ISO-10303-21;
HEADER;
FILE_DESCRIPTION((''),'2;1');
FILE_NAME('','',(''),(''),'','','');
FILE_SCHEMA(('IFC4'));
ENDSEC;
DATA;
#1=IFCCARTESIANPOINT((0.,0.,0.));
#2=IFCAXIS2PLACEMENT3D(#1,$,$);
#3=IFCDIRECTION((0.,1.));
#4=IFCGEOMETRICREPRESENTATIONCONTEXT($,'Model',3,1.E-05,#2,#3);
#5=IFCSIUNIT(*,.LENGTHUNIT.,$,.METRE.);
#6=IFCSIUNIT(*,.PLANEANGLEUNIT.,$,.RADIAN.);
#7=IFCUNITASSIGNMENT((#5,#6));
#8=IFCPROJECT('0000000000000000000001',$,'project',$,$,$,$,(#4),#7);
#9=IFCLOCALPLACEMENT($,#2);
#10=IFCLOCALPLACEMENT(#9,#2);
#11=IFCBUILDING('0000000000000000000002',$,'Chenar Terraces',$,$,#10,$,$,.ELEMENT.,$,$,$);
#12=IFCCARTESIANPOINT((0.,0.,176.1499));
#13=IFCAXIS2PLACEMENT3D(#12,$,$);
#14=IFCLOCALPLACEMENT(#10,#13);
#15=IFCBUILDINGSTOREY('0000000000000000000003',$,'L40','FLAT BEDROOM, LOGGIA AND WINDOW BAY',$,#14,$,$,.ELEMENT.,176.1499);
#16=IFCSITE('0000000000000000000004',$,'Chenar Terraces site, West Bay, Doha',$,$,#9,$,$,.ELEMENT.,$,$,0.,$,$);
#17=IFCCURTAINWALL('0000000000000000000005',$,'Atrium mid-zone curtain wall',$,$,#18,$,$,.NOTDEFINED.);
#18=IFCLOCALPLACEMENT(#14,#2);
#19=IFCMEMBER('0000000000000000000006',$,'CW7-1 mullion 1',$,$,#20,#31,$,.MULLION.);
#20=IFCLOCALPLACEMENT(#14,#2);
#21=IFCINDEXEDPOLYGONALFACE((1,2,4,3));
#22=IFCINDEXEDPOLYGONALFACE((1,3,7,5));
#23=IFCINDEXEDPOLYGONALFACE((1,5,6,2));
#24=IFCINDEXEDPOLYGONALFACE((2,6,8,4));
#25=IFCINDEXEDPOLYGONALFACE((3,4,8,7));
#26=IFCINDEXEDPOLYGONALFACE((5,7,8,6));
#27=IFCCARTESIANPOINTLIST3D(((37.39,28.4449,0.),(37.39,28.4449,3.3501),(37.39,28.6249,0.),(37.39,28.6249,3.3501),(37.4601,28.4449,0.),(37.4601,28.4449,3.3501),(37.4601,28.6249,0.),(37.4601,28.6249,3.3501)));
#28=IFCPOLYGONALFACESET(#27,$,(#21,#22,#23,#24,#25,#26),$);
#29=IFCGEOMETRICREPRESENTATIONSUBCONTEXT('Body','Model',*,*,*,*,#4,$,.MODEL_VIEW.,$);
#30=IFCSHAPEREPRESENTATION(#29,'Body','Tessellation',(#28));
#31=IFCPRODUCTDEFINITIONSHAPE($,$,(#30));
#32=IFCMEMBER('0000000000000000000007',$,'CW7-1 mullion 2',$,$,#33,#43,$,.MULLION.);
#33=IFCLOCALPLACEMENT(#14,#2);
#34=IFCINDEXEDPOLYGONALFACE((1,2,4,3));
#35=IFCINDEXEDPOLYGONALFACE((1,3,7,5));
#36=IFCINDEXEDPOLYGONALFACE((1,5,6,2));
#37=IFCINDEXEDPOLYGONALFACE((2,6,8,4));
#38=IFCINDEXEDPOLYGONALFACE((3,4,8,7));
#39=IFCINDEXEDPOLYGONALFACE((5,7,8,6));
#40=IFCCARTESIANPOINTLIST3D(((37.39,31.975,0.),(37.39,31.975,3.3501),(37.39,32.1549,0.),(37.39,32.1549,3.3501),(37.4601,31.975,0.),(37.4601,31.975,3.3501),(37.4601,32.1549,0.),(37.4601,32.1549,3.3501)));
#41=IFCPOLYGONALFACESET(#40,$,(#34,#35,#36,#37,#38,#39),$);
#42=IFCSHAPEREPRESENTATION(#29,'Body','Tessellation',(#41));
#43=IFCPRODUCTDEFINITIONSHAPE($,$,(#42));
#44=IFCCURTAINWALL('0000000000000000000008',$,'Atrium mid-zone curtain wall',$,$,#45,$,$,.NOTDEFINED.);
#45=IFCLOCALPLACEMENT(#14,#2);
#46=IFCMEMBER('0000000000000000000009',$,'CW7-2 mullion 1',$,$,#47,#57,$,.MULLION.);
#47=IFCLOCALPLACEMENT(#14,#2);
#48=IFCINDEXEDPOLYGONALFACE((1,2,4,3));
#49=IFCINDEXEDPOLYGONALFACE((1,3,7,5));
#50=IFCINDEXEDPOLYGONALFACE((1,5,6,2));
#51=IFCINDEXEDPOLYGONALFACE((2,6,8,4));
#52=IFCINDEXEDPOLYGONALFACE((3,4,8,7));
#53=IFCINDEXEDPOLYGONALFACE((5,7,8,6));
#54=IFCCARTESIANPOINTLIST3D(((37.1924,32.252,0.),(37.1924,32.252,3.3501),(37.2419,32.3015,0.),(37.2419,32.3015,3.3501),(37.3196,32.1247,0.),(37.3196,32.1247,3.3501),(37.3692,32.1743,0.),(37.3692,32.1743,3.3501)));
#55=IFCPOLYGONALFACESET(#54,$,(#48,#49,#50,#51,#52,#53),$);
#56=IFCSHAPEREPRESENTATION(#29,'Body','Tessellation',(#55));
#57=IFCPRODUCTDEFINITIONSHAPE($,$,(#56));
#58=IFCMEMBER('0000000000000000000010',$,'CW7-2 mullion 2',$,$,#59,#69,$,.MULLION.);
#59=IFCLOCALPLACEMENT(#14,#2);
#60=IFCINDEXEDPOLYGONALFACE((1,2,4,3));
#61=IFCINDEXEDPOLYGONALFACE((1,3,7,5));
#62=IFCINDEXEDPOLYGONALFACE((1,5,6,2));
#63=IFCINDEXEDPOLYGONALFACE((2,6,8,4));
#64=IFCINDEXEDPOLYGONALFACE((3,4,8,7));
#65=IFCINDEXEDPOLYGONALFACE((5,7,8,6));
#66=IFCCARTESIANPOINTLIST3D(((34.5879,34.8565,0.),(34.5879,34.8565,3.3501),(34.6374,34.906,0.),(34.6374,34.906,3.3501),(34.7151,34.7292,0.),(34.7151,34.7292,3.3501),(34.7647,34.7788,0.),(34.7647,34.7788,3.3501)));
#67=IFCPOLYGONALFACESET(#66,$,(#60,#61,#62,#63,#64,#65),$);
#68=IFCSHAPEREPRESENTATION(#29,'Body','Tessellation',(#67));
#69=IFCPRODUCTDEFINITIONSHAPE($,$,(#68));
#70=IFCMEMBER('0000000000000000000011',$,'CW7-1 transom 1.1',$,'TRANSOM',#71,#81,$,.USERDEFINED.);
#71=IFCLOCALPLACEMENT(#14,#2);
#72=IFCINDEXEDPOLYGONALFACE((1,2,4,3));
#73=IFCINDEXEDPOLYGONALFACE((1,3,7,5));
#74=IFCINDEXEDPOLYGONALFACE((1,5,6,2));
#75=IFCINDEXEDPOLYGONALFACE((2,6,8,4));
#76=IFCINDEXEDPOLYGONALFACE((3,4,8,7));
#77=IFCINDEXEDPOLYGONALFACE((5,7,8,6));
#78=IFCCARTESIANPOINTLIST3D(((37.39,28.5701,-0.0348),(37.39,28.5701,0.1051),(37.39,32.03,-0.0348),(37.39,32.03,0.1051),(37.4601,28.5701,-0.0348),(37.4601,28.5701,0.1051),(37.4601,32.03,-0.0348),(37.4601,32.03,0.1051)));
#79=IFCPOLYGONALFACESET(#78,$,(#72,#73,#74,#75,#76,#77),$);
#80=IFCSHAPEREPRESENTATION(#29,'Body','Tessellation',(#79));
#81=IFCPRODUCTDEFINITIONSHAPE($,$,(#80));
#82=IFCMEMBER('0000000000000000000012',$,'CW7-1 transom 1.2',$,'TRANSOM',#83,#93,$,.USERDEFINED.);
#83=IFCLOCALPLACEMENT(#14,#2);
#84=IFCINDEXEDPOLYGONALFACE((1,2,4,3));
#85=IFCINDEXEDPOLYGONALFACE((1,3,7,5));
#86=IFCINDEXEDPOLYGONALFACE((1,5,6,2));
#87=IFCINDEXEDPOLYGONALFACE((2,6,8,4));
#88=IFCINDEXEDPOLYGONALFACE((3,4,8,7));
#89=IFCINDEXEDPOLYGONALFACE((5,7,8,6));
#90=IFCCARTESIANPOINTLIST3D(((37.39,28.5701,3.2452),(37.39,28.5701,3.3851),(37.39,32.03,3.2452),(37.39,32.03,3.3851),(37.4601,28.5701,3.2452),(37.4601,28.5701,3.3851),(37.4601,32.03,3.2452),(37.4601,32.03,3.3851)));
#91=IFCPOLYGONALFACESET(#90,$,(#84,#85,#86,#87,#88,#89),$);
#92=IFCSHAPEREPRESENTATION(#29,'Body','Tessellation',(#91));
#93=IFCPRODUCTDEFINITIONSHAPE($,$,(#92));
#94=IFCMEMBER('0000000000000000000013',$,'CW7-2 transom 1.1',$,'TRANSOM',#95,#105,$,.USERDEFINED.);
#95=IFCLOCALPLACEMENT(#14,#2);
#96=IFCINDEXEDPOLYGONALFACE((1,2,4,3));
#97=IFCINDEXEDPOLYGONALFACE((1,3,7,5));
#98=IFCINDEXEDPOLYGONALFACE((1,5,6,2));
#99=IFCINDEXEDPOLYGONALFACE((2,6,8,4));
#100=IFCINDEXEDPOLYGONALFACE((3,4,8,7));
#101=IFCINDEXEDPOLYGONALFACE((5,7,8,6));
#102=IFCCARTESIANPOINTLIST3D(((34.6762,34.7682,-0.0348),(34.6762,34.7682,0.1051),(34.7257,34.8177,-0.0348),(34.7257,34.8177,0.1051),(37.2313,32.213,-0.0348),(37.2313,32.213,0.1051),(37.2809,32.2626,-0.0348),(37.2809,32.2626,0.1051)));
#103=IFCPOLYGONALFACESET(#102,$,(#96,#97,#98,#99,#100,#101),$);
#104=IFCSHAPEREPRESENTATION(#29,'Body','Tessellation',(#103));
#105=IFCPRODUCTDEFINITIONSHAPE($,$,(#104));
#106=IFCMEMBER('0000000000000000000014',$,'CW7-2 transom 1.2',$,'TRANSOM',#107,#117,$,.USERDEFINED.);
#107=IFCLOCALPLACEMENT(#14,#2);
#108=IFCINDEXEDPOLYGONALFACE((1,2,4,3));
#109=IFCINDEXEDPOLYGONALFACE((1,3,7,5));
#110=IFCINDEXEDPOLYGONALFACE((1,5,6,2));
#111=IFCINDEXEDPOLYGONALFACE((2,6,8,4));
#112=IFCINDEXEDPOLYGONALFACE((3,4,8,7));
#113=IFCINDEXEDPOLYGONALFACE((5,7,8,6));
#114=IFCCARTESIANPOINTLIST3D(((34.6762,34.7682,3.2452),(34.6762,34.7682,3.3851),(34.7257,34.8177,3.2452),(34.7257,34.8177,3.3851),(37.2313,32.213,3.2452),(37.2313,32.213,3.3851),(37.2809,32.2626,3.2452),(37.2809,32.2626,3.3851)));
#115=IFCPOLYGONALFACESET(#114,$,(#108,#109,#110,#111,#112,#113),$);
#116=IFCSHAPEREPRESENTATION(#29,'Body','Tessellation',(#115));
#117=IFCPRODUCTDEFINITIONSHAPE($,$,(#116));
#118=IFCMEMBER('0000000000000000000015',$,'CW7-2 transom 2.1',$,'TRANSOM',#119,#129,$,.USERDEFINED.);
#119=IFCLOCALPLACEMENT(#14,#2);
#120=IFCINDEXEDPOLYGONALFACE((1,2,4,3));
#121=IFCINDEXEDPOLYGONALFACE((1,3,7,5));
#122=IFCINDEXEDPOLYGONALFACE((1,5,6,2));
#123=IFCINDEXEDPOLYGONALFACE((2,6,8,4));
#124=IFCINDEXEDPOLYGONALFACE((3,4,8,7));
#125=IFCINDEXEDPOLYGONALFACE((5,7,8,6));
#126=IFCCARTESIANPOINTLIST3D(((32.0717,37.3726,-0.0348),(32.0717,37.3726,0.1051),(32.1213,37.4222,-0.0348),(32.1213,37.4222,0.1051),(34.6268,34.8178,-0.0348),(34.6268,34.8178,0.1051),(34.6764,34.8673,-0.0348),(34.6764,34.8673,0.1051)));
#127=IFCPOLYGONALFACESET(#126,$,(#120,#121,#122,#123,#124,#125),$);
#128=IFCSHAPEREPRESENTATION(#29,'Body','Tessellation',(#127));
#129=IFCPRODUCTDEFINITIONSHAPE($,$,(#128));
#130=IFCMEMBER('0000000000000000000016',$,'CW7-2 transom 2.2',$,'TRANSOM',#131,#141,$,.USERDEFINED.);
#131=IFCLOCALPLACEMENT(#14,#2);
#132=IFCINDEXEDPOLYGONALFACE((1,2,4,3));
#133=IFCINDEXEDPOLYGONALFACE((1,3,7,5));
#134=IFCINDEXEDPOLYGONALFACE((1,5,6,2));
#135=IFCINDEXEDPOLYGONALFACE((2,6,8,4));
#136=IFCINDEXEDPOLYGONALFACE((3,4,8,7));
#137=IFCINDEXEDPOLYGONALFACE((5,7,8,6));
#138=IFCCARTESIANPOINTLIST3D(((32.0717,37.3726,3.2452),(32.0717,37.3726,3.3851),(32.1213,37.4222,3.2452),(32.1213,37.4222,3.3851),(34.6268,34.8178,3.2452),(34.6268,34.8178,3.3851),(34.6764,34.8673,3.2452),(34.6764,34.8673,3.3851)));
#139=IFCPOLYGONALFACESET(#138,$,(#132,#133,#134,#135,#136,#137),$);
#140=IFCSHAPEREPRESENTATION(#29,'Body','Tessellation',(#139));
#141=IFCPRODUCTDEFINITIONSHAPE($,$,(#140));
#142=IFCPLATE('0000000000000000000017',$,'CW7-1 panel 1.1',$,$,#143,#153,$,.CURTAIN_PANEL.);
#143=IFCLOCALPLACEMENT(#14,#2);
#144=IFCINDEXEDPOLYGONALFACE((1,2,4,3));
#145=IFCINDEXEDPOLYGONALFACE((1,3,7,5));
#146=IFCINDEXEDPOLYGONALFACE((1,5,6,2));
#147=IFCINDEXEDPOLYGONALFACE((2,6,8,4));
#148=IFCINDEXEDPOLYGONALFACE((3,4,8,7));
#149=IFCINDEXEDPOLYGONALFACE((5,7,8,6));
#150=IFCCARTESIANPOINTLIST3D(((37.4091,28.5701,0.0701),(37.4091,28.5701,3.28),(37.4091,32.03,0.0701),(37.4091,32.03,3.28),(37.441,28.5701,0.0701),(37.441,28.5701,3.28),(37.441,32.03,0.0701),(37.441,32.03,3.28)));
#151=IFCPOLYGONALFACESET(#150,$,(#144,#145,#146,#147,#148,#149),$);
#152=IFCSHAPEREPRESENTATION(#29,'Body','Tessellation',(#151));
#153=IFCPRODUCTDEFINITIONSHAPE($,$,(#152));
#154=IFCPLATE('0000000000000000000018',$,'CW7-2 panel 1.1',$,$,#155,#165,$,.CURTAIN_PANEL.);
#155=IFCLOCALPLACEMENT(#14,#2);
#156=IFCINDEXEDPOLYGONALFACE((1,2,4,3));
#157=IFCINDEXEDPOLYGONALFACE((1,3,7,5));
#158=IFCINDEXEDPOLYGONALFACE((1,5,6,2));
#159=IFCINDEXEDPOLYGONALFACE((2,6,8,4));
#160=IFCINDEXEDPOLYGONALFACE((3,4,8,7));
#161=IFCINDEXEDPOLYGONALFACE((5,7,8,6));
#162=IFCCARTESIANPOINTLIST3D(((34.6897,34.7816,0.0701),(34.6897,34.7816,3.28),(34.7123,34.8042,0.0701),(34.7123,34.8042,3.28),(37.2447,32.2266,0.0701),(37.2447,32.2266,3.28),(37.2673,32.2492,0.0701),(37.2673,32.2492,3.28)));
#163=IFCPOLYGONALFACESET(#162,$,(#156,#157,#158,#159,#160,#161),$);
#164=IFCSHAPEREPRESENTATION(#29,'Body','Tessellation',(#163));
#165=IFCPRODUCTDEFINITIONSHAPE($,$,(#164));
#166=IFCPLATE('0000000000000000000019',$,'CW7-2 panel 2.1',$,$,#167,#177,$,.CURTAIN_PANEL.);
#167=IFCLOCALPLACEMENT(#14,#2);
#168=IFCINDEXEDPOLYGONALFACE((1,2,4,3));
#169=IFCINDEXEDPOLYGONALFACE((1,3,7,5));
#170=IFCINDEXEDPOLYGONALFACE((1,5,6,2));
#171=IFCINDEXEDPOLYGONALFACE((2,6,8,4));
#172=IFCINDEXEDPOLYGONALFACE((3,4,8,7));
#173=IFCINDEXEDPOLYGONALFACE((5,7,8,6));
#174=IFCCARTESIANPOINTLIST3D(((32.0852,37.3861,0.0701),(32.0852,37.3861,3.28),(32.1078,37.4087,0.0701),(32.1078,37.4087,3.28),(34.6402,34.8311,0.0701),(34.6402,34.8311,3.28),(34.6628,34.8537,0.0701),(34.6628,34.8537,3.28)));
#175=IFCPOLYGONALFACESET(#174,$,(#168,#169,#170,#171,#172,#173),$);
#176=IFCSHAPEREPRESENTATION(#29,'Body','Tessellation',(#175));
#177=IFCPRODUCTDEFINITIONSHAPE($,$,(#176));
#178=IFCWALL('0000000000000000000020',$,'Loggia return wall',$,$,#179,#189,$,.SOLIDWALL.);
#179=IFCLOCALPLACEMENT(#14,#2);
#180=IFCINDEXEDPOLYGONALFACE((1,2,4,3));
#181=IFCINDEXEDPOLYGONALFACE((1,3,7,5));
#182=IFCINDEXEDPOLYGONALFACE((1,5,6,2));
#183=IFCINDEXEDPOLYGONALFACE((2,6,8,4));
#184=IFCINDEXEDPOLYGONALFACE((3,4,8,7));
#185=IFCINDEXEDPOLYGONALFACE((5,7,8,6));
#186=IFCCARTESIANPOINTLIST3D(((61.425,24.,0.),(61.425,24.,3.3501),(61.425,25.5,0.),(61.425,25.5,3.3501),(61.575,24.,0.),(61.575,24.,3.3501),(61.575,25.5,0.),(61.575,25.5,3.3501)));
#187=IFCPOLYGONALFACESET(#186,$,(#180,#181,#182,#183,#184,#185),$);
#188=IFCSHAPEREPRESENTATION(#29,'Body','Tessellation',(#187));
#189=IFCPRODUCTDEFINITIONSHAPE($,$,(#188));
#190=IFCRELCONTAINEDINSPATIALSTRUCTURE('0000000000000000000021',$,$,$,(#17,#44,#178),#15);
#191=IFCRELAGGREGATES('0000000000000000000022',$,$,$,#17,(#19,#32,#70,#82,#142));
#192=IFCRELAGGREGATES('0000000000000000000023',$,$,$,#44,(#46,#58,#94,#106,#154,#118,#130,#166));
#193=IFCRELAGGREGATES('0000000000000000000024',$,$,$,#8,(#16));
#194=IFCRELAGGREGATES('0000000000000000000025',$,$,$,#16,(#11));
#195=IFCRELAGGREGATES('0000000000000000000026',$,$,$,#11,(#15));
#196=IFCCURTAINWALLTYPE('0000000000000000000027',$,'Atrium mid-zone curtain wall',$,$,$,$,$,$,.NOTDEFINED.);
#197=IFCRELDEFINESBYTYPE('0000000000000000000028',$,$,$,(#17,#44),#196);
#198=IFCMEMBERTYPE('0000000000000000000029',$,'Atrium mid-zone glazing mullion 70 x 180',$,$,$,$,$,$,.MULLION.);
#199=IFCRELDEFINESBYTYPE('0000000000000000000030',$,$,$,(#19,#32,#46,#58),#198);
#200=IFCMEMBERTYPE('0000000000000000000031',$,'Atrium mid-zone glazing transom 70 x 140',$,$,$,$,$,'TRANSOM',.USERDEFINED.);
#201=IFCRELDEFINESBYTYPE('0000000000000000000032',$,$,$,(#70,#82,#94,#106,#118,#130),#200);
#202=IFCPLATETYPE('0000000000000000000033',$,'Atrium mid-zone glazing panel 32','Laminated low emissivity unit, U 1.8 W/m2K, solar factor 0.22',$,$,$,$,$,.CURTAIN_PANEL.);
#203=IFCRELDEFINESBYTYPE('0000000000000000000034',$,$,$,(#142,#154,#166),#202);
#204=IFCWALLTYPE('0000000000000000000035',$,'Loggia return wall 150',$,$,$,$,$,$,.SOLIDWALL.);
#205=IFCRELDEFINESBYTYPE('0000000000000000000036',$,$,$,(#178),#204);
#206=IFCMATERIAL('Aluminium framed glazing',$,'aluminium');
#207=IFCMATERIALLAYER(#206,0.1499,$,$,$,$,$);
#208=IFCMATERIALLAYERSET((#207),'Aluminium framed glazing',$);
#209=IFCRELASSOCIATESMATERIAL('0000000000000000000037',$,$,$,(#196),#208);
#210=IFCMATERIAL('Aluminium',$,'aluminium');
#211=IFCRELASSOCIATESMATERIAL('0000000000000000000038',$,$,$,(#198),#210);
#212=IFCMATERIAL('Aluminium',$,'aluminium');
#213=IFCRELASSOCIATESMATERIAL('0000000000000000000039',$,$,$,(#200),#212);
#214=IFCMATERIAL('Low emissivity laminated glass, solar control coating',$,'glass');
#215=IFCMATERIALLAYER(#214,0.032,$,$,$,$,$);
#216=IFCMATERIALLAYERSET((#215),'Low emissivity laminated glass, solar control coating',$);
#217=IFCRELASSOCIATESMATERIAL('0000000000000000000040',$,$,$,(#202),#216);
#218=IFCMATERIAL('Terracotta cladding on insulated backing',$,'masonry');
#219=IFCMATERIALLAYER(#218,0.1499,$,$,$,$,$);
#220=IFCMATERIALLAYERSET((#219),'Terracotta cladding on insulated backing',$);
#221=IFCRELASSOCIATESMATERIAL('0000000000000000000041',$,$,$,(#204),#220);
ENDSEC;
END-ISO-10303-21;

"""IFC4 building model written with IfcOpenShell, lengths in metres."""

from ifc_helpers import new_model, si_unit, direction, frame, frame_2d, origin, origin_2d, place, context, subcontext, project, spatial, rectangle, extrude, material, layer, layer_set, material_profile, profile_set, type_object, element, aggregate, save


model = new_model("IFC4")

# Units and contexts
model_context = context("Model", 3, precision=1e-05, world=origin(), true_north=direction((0.0, 1.0)))
body_context = subcontext(model_context, "Body", "Model", "MODEL_VIEW")
ifc_project = project(units=[si_unit("LENGTHUNIT", "METRE"), si_unit("PLANEANGLEUNIT", "RADIAN")], contexts=[model_context])

# Site, building, storey
site_placement = place(None, origin())
site = spatial("IfcSite", under=ifc_project, at=site_placement, Name="Chenar Terraces site, West Bay, Doha", CompositionType="ELEMENT", RefElevation=0.0)
building_placement = place(site_placement, origin())
building = spatial("IfcBuilding", under=site, at=building_placement, Name="Chenar Terraces", CompositionType="ELEMENT")
storey_placement = place(building_placement, frame((0.0, 0.0, 176.1499)))
storey = spatial("IfcBuildingStorey", under=building, at=storey_placement, Name="L40", Description="FLAT BEDROOM, LOGGIA AND WINDOW BAY", CompositionType="ELEMENT", Elevation=176.1499)

# Curtain walls, members
ifc_material_1 = material(Name="Aluminium framed glazing", Category="aluminium")
ifc_layer_1 = layer(ifc_material_1, 0.1499)
ifc_layer_set_1 = layer_set([ifc_layer_1], Name="Aluminium framed glazing")
curtain_wall_type = type_object("IfcCurtainWallType", Name="Atrium mid-zone curtain wall", PredefinedType="NOTDEFINED", material=ifc_layer_set_1)
placement = place(storey_placement, origin())
curtain_wall_1 = element("IfcCurtainWall", 1, at=placement, inside=storey, type_object=curtain_wall_type, Name="Atrium mid-zone curtain wall", PredefinedType="NOTDEFINED")
ifc_material_2 = material(Name="Aluminium", Category="aluminium")
ifc_material_profile_1 = material_profile(ifc_material_2, rectangle(XDim=0.0701, YDim=0.1799, at=origin_2d()), Name="Atrium mid-zone glazing mullion 70 x 180")
ifc_profile_set_1 = profile_set([ifc_material_profile_1], Name="Aluminium")
member_type_1 = type_object("IfcMemberType", Name="Atrium mid-zone glazing mullion 70 x 180", PredefinedType="MULLION", material=ifc_profile_set_1)
member_1_placement = place(storey_placement, frame((37.425, 28.5349, 0.0), z_axis=(0.0, 0.0, 1.0), x_axis=(-1.0, 0.0, 0.0)))
member_1 = element("IfcMember", 2, at=member_1_placement, type_object=member_type_1, Name="CW7-1 mullion 1", PredefinedType="MULLION", context=body_context, shape_type="SweptSolid", body=[
    extrude(rectangle(XDim=0.0701, YDim=0.1799, at=origin_2d()), origin(), (0.0, 0.0, 1.0), 3.3501),
])
member_2_placement = place(storey_placement, frame((37.425, 32.0649, 0.0), z_axis=(0.0, 0.0, 1.0), x_axis=(-1.0, 0.0, 0.0)))
member_2 = element("IfcMember", 3, at=member_2_placement, type_object=member_type_1, Name="CW7-1 mullion 2", PredefinedType="MULLION", context=body_context, shape_type="SweptSolid", body=[
    extrude(rectangle(XDim=0.0701, YDim=0.1799, at=origin_2d()), origin(), (0.0, 0.0, 1.0), 3.3501),
])
curtain_wall_2 = element("IfcCurtainWall", 4, at=placement, inside=storey, type_object=curtain_wall_type, Name="Atrium mid-zone curtain wall", PredefinedType="NOTDEFINED")
member_3_placement = place(storey_placement, frame((37.2808, 32.2131, 0.0), z_axis=(0.0, 0.0, 1.0), x_axis=(-0.707107, -0.707107, 0.0)))
member_3 = element("IfcMember", 5, at=member_3_placement, type_object=member_type_1, Name="CW7-2 mullion 1", PredefinedType="MULLION", context=body_context, shape_type="SweptSolid", body=[
    extrude(rectangle(XDim=0.0701, YDim=0.1799, at=origin_2d()), origin(), (0.0, 0.0, 1.0), 3.3501),
])
member_4_placement = place(storey_placement, frame((34.6763, 34.8176, 0.0), z_axis=(0.0, 0.0, 1.0), x_axis=(-0.707107, -0.707107, 0.0)))
member_4 = element("IfcMember", 6, at=member_4_placement, type_object=member_type_1, Name="CW7-2 mullion 2", PredefinedType="MULLION", context=body_context, shape_type="SweptSolid", body=[
    extrude(rectangle(XDim=0.0701, YDim=0.1799, at=origin_2d()), origin(), (0.0, 0.0, 1.0), 3.3501),
])

# Members
ifc_material_3 = material(Name="Aluminium", Category="aluminium")
ifc_material_profile_2 = material_profile(ifc_material_3, rectangle(XDim=0.0701, YDim=0.1399, at=origin_2d()), Name="Atrium mid-zone glazing transom 70 x 140")
ifc_profile_set_2 = profile_set([ifc_material_profile_2], Name="Aluminium")
member_type_2 = type_object("IfcMemberType", Name="Atrium mid-zone glazing transom 70 x 140", ElementType="TRANSOM", PredefinedType="USERDEFINED", material=ifc_profile_set_2)
member_5_placement = place(storey_placement, frame((37.425, 28.5701, 0.0352), z_axis=(0.0, 1.0, 0.0), x_axis=(-1.0, 0.0, 0.0)))
member_5 = element("IfcMember", 7, at=member_5_placement, type_object=member_type_2, Name="CW7-1 transom 1.1", ObjectType="TRANSOM", PredefinedType="USERDEFINED", context=body_context, shape_type="SweptSolid", body=[
    extrude(rectangle(XDim=0.0701, YDim=0.1399, at=origin_2d()), origin(), (0.0, 0.0, 1.0), 3.46),
])
member_6_placement = place(storey_placement, frame((37.425, 28.5701, 3.3152), z_axis=(0.0, 1.0, 0.0), x_axis=(-1.0, 0.0, 0.0)))
member_6 = element("IfcMember", 8, at=member_6_placement, type_object=member_type_2, Name="CW7-1 transom 1.2", ObjectType="TRANSOM", PredefinedType="USERDEFINED", context=body_context, shape_type="SweptSolid", body=[
    extrude(rectangle(XDim=0.0701, YDim=0.1399, at=origin_2d()), origin(), (0.0, 0.0, 1.0), 3.46),
])
member_7_placement = place(storey_placement, frame((37.2561, 32.2378, 0.0352), z_axis=(-0.707107, 0.707107, 0.0), x_axis=(-0.707107, -0.707107, 0.0)))
member_7 = element("IfcMember", 9, at=member_7_placement, type_object=member_type_2, Name="CW7-2 transom 1.1", ObjectType="TRANSOM", PredefinedType="USERDEFINED", context=body_context, shape_type="SweptSolid", body=[
    extrude(rectangle(XDim=0.0701, YDim=0.1399, at=origin_2d()), origin(), (0.0, 0.0, 1.0), 3.6135),
])
member_8_placement = place(storey_placement, frame((37.2561, 32.2378, 3.3152), z_axis=(-0.707107, 0.707107, 0.0), x_axis=(-0.707107, -0.707107, 0.0)))
member_8 = element("IfcMember", 10, at=member_8_placement, type_object=member_type_2, Name="CW7-2 transom 1.2", ObjectType="TRANSOM", PredefinedType="USERDEFINED", context=body_context, shape_type="SweptSolid", body=[
    extrude(rectangle(XDim=0.0701, YDim=0.1399, at=origin_2d()), origin(), (0.0, 0.0, 1.0), 3.6135),
])
member_9_placement = place(storey_placement, frame((34.6516, 34.8425, 0.0352), z_axis=(-0.707141, 0.707073, 0.0), x_axis=(-0.707073, -0.707141, 0.0)))
member_9 = element("IfcMember", 11, at=member_9_placement, type_object=member_type_2, Name="CW7-2 transom 2.1", ObjectType="TRANSOM", PredefinedType="USERDEFINED", context=body_context, shape_type="SweptSolid", body=[
    extrude(rectangle(XDim=0.0701, YDim=0.1399, at=origin_2d()), origin(), (0.0, 0.0, 1.0), 3.6133),
])
member_10_placement = place(storey_placement, frame((34.6516, 34.8425, 3.3152), z_axis=(-0.707141, 0.707073, 0.0), x_axis=(-0.707073, -0.707141, 0.0)))
member_10 = element("IfcMember", 12, at=member_10_placement, type_object=member_type_2, Name="CW7-2 transom 2.2", ObjectType="TRANSOM", PredefinedType="USERDEFINED", context=body_context, shape_type="SweptSolid", body=[
    extrude(rectangle(XDim=0.0701, YDim=0.1399, at=origin_2d()), origin(), (0.0, 0.0, 1.0), 3.6133),
])

# Plates
ifc_material_4 = material(Name="Low emissivity laminated glass, solar control coating", Category="glass")
ifc_layer_2 = layer(ifc_material_4, 0.032)
ifc_layer_set_2 = layer_set([ifc_layer_2], Name="Low emissivity laminated glass, solar control coating")
plate_type = type_object("IfcPlateType", Name="Atrium mid-zone glazing panel 32", Description="Laminated low emissivity unit, U 1.8 W/m2K, solar factor 0.22", PredefinedType="CURTAIN_PANEL", material=ifc_layer_set_2)
plate_1_placement = place(storey_placement, frame((37.425, 30.3, 0.0701), z_axis=(0.0, 0.0, 1.0), x_axis=(0.0, 1.0, 0.0)))
plate_1 = element("IfcPlate", 13, at=plate_1_placement, type_object=plate_type, Name="CW7-1 panel 1.1", PredefinedType="CURTAIN_PANEL", context=body_context, shape_type="SweptSolid", body=[
    extrude(rectangle(XDim=3.46, YDim=0.032, at=origin_2d()), origin(), (0.0, 0.0, 1.0), 3.21),
])
aggregate(curtain_wall_1, [member_1, member_2, member_5, member_6, plate_1])
plate_2_placement = place(storey_placement, frame((35.9785, 33.5154, 0.0701), z_axis=(0.0, 0.0, 1.0), x_axis=(-0.707107, 0.707107, 0.0)))
plate_2 = element("IfcPlate", 14, at=plate_2_placement, type_object=plate_type, Name="CW7-2 panel 1.1", PredefinedType="CURTAIN_PANEL", context=body_context, shape_type="SweptSolid", body=[
    extrude(rectangle(XDim=3.6133, YDim=0.032, at=origin_2d()), origin(), (0.0, 0.0, 1.0), 3.21),
])
plate_3_placement = place(storey_placement, frame((33.374, 36.1199, 0.0701), z_axis=(0.0, 0.0, 1.0), x_axis=(-0.707107, 0.707107, 0.0)))
plate_3 = element("IfcPlate", 15, at=plate_3_placement, type_object=plate_type, Name="CW7-2 panel 2.1", PredefinedType="CURTAIN_PANEL", context=body_context, shape_type="SweptSolid", body=[
    extrude(rectangle(XDim=3.6133, YDim=0.032, at=origin_2d()), origin(), (0.0, 0.0, 1.0), 3.21),
])
aggregate(curtain_wall_2, [member_3, member_4, member_7, member_8, plate_2, member_9, member_10, plate_3])

# Wall
ifc_material_5 = material(Name="Terracotta cladding on insulated backing", Category="masonry")
ifc_layer_3 = layer(ifc_material_5, 0.1499)
ifc_layer_set_3 = layer_set([ifc_layer_3], Name="Terracotta cladding on insulated backing")
wall_type_1 = type_object("IfcWallType", Name="Loggia return wall 150", PredefinedType="SOLIDWALL", material=ifc_layer_set_3)
for number, where, z_axis, x_axis, name in (
    (16, (61.5, 25.5, 0.0), (0.0, 0.0, 1.0), (0.0, -1.0, 0.0), "Loggia return wall"),
):
    element("IfcWall", number, at=place(storey_placement, frame(where, z_axis=z_axis, x_axis=x_axis)), inside=storey, type_object=wall_type_1, Name=name, PredefinedType="SOLIDWALL", context=body_context, shape_type="SweptSolid", body=[
        extrude(rectangle(XDim=1.5, YDim=0.1499, at=frame_2d((0.75, 0.0))), origin(), (0.0, 0.0, 1.0), 3.3501),
    ])

save(model, "model.ifc")
